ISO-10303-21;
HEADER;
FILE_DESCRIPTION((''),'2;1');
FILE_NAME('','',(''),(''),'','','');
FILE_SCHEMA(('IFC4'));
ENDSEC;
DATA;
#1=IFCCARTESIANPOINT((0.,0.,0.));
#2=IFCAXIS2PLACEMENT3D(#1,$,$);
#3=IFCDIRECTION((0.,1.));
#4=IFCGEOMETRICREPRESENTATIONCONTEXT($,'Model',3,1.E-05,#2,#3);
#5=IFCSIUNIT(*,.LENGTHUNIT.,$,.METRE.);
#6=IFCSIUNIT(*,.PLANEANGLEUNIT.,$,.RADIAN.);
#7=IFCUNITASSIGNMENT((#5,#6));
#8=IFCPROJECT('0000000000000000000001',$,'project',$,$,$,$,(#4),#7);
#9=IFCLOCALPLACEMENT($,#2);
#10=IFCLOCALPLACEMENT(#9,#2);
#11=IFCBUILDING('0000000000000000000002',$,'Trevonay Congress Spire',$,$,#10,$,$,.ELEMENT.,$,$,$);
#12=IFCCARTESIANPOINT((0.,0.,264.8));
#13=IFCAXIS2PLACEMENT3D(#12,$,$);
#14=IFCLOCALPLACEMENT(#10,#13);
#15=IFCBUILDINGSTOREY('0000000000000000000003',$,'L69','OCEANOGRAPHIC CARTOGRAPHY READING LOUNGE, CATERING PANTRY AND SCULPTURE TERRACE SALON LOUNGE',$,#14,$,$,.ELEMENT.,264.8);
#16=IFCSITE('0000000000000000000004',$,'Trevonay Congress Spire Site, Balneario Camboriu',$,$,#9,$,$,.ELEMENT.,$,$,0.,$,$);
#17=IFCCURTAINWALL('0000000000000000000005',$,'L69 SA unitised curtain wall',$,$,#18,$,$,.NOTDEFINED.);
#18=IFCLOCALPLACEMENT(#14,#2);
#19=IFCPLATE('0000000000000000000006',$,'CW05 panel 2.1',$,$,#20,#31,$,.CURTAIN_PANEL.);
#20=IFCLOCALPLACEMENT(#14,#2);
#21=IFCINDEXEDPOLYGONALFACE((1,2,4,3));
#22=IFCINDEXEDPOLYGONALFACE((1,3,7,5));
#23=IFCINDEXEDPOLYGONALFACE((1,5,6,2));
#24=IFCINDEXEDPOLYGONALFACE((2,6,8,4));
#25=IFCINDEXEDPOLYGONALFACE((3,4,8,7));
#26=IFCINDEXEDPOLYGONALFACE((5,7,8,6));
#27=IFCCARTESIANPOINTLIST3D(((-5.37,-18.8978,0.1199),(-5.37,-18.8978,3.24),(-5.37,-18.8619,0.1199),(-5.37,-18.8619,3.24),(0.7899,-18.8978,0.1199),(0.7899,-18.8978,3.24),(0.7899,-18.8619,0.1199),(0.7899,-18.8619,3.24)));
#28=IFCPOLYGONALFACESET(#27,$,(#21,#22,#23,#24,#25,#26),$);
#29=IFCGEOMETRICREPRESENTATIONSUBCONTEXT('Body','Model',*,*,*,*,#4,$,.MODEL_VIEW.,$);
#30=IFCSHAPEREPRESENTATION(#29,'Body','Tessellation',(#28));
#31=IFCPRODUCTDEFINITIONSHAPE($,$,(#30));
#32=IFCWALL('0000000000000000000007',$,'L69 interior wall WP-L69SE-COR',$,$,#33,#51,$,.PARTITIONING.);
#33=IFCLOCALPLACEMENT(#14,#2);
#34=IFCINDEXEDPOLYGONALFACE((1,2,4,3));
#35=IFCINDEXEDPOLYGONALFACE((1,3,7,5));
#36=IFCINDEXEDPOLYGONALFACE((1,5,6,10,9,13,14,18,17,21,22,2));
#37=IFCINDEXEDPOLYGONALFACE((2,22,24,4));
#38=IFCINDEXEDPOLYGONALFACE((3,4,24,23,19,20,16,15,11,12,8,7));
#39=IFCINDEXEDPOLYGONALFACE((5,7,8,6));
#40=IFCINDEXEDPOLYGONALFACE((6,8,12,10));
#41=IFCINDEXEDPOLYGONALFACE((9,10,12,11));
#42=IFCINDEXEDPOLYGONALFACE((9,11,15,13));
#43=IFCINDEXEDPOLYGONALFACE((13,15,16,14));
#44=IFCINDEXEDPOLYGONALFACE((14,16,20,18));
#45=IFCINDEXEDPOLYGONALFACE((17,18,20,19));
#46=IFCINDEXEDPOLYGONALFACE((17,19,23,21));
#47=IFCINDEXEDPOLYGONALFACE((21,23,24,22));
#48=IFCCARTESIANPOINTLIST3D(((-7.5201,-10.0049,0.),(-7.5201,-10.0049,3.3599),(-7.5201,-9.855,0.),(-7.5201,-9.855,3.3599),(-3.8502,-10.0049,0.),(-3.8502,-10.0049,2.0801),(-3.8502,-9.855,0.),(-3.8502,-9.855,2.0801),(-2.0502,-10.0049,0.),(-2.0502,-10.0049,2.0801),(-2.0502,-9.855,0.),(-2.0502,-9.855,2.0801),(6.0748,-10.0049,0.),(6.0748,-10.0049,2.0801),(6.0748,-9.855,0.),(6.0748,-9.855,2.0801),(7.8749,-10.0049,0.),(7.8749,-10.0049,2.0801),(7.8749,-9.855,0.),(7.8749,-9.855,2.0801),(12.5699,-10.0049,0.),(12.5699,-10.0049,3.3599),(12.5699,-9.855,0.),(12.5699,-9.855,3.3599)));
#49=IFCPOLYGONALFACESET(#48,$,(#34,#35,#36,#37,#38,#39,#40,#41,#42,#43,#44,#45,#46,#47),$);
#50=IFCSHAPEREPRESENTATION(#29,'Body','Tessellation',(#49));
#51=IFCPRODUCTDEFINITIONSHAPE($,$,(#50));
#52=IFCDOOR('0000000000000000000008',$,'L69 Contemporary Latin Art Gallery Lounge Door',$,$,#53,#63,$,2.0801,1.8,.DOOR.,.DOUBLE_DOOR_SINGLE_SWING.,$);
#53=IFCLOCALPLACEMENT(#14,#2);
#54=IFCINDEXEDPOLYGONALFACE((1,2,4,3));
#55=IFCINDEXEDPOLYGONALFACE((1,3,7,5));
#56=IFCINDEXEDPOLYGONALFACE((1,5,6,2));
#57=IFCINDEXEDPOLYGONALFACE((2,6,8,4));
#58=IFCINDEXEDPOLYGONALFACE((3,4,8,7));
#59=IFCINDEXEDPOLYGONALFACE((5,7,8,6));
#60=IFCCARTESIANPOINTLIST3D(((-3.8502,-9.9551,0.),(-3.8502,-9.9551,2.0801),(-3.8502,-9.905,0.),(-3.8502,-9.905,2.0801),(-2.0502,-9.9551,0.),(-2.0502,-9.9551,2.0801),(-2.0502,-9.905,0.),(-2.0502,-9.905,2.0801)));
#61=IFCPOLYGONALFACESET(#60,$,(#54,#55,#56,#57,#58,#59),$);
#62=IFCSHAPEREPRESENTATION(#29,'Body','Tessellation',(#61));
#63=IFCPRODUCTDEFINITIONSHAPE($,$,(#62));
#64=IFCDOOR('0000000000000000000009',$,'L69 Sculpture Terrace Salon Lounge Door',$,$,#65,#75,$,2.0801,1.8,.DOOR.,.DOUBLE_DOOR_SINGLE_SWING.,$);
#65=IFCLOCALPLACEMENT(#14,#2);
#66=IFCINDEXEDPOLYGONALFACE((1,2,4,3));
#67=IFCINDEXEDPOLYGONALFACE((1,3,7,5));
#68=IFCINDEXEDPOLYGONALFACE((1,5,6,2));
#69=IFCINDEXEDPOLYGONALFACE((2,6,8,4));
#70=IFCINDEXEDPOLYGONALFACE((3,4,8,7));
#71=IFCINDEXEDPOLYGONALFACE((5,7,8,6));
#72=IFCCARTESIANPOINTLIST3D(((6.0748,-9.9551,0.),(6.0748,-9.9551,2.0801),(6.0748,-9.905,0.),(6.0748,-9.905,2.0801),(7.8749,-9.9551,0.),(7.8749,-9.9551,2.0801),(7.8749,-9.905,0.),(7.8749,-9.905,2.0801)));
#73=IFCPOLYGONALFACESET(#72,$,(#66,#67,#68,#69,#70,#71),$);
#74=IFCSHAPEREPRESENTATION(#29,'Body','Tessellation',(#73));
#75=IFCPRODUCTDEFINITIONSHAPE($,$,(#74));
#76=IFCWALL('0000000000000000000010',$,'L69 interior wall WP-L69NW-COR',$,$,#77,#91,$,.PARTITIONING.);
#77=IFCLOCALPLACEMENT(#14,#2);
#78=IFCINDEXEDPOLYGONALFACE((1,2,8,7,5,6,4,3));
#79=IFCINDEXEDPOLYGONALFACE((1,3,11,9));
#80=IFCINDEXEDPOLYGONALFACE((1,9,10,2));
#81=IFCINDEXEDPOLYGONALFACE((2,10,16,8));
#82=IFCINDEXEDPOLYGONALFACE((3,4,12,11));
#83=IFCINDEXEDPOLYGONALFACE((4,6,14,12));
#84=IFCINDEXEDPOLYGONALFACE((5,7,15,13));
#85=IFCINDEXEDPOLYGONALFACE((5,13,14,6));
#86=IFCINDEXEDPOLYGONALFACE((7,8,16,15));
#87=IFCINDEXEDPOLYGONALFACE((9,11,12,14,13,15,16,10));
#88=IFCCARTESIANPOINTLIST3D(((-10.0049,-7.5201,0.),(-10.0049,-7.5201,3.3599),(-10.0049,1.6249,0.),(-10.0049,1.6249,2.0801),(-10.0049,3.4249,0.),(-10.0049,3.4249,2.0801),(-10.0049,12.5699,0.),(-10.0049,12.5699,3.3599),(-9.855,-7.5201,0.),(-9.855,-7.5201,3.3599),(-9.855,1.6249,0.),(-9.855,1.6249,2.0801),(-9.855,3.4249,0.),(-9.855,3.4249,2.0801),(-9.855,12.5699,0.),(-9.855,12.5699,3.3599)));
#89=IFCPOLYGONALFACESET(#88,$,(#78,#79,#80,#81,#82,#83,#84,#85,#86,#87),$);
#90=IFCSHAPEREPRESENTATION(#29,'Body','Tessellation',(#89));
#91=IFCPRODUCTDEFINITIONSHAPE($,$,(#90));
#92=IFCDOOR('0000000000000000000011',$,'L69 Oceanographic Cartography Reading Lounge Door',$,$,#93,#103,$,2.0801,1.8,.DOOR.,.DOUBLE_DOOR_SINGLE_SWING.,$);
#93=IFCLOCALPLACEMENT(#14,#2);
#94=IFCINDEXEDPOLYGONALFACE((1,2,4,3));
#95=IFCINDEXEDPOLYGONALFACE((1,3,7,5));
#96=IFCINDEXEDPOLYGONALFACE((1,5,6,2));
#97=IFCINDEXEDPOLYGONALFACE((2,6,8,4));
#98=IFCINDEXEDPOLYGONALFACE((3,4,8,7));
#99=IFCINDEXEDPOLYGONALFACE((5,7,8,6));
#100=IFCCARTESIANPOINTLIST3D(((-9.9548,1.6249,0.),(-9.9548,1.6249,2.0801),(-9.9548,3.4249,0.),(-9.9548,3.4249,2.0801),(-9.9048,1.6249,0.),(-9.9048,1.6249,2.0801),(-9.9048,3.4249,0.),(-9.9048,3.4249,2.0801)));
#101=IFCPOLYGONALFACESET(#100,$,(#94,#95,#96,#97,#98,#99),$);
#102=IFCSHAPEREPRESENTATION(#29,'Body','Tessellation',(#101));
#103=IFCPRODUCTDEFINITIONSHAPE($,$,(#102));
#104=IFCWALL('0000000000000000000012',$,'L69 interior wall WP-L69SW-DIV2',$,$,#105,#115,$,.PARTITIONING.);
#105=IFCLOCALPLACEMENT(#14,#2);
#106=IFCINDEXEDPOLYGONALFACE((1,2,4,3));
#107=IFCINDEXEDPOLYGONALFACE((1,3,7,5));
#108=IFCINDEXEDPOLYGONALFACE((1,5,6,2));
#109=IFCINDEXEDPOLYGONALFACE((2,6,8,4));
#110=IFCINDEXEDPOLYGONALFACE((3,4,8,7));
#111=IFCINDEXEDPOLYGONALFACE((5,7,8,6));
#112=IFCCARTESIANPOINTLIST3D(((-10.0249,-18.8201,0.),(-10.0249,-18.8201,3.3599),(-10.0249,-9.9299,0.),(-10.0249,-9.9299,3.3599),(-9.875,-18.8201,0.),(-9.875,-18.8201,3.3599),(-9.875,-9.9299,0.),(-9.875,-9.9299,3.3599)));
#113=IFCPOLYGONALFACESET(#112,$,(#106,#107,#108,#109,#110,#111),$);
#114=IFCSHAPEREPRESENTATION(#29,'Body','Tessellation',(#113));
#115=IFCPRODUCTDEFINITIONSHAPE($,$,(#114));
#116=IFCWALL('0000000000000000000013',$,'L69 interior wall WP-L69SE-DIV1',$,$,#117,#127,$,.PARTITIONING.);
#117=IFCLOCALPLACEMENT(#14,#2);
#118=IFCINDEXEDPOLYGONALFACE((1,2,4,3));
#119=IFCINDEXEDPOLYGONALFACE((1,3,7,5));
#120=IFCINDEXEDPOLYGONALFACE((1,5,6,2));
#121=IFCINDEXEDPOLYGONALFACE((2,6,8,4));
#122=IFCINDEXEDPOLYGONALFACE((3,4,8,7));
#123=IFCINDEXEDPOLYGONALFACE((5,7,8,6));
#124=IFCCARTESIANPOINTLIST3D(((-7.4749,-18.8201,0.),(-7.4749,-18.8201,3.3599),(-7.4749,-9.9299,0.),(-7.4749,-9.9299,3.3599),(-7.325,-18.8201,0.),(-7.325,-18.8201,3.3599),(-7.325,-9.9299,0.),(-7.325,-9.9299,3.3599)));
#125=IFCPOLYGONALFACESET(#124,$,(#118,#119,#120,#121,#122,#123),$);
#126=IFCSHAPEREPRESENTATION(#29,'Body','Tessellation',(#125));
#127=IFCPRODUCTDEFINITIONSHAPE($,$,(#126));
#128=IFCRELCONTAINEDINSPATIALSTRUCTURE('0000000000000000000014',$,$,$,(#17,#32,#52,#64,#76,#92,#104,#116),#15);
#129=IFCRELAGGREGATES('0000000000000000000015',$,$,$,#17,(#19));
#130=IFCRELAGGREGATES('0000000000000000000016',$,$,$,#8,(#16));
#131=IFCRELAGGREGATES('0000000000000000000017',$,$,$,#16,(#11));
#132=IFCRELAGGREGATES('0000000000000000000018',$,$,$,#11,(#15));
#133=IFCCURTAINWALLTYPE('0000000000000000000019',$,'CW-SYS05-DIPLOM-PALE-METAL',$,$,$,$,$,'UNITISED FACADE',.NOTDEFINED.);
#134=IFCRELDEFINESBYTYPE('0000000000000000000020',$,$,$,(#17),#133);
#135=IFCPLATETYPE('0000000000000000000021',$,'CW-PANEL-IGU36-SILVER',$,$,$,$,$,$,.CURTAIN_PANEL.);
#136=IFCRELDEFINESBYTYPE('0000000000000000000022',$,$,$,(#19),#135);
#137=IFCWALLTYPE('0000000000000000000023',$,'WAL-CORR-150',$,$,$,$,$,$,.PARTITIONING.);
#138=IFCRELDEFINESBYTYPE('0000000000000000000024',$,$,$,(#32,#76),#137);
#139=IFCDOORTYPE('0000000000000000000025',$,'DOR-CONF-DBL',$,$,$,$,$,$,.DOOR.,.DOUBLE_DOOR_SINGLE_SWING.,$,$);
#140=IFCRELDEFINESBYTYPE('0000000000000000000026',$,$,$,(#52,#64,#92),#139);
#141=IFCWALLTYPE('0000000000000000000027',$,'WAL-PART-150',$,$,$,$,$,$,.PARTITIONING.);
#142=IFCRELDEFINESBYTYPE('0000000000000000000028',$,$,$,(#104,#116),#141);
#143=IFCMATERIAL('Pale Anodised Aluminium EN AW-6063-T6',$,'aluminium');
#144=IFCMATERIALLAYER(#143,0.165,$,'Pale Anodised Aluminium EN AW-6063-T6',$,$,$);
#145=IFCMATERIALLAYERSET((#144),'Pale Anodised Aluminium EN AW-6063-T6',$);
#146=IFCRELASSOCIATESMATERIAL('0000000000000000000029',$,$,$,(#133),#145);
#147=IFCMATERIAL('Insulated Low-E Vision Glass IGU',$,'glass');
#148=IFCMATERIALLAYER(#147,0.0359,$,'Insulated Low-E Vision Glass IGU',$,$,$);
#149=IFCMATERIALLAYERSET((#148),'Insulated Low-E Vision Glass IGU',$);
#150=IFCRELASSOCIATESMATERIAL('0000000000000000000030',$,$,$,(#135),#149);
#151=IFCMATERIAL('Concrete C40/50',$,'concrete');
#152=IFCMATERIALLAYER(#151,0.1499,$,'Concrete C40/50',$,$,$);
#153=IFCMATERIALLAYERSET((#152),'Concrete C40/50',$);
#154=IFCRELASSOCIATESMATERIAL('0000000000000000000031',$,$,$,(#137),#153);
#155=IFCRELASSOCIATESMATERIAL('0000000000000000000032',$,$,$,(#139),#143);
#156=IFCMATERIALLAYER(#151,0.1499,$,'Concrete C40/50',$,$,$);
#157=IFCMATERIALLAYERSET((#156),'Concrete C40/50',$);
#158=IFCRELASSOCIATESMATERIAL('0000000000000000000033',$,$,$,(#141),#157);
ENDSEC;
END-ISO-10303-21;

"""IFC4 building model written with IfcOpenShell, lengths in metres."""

from ifc_helpers import new_model, si_unit, direction, frame, frame_2d, origin, origin_2d, place, context, subcontext, project, spatial, rectangle, extrude, material, layer, layer_set, type_object, element, fill, aggregate, save


model = new_model("IFC4")

# Units and contexts
model_context = context("Model", 3, precision=1e-05, world=origin(), true_north=direction((0.0, 1.0)))
body_context = subcontext(model_context, "Body", "Model", "MODEL_VIEW")
ifc_project = project(units=[si_unit("LENGTHUNIT", "METRE"), si_unit("PLANEANGLEUNIT", "RADIAN")], contexts=[model_context])

# Site, building, storey
site_placement = place(None, origin())
site = spatial("IfcSite", under=ifc_project, at=site_placement, Name="Trevonay Congress Spire Site, Balneario Camboriu", CompositionType="ELEMENT", RefElevation=0.0)
building_placement = place(site_placement, origin())
building = spatial("IfcBuilding", under=site, at=building_placement, Name="Trevonay Congress Spire", CompositionType="ELEMENT")
storey_placement = place(building_placement, frame((0.0, 0.0, 264.8)))
storey = spatial("IfcBuildingStorey", under=building, at=storey_placement, Name="L69", Description="OCEANOGRAPHIC CARTOGRAPHY READING LOUNGE, CATERING PANTRY AND SCULPTURE TERRACE SALON LOUNGE", CompositionType="ELEMENT", Elevation=264.8)

# Curtain wall, plate
ifc_material_1 = material(Name="Pale Anodised Aluminium EN AW-6063-T6", Category="aluminium")
ifc_layer_1 = layer(ifc_material_1, 0.165, Name="Pale Anodised Aluminium EN AW-6063-T6")
ifc_layer_set_1 = layer_set([ifc_layer_1], Name="Pale Anodised Aluminium EN AW-6063-T6")
curtain_wall_type = type_object("IfcCurtainWallType", Name="CW-SYS05-DIPLOM-PALE-METAL", ElementType="UNITISED FACADE", PredefinedType="NOTDEFINED", material=ifc_layer_set_1)
curtain_wall_placement = place(storey_placement, origin())
curtain_wall = element("IfcCurtainWall", 1, at=curtain_wall_placement, inside=storey, type_object=curtain_wall_type, Name="L69 SA unitised curtain wall", PredefinedType="NOTDEFINED")
ifc_material_2 = material(Name="Insulated Low-E Vision Glass IGU", Category="glass")
ifc_layer_2 = layer(ifc_material_2, 0.0359, Name="Insulated Low-E Vision Glass IGU")
ifc_layer_set_2 = layer_set([ifc_layer_2], Name="Insulated Low-E Vision Glass IGU")
plate_type = type_object("IfcPlateType", Name="CW-PANEL-IGU36-SILVER", PredefinedType="CURTAIN_PANEL", material=ifc_layer_set_2)
plate_1_placement = place(storey_placement, frame((-2.29, -18.8799, 0.1199), z_axis=(0.0, 0.0, 1.0), x_axis=(1.0, 0.0, 0.0)))
plate_1 = element("IfcPlate", 2, at=plate_1_placement, type_object=plate_type, Name="CW05 panel 2.1", PredefinedType="CURTAIN_PANEL", context=body_context, shape_type="SweptSolid", body=[
    extrude(rectangle(XDim=6.1599, YDim=0.0359, at=origin_2d()), origin(), (0.0, 0.0, 1.0), 3.1201),
])
aggregate(curtain_wall, [plate_1])

# Wall, openings, doors
ifc_material_3 = material(Name="Concrete C40/50", Category="concrete")
ifc_layer_3 = layer(ifc_material_3, 0.1499, Name="Concrete C40/50")
ifc_layer_set_3 = layer_set([ifc_layer_3], Name="Concrete C40/50")
wall_type_1 = type_object("IfcWallType", Name="WAL-CORR-150", PredefinedType="PARTITIONING", material=ifc_layer_set_3)
wall_1_placement = place(storey_placement, frame((-7.52, -9.9299, 0.0), z_axis=(0.0, 0.0, 1.0), x_axis=(1.0, 0.0, 0.0)))
wall_1 = element("IfcWall", 3, at=wall_1_placement, inside=storey, type_object=wall_type_1, Name="L69 interior wall WP-L69SE-COR", PredefinedType="PARTITIONING", context=body_context, shape_type="SweptSolid", body=[
    extrude(rectangle(XDim=20.0901, YDim=0.1499, at=frame_2d((10.0449, 0.0))), origin(), (0.0, 0.0, 1.0), 3.3599),
])
opening_1_placement = place(wall_1_placement, frame((3.6699, 0.0, 0.0)))
opening_1 = element("IfcOpeningElement", 4, at=opening_1_placement, cuts=wall_1, PredefinedType="OPENING", context=body_context, shape_type="SweptSolid", body=[
    extrude(rectangle(XDim=1.8, YDim=2.0801, at=frame_2d((0.8999, 1.04))), frame((0.0, 0.085, 0.0), z_axis=(0.0, -1.0, 0.0), x_axis=(1.0, 0.0, 0.0)), (0.0, 0.0, 1.0), 0.1699),
])
opening_2_placement = place(wall_1_placement, frame((13.595, 0.0, 0.0)))
opening_2 = element("IfcOpeningElement", 5, at=opening_2_placement, cuts=wall_1, PredefinedType="OPENING", context=body_context, shape_type="SweptSolid", body=[
    extrude(rectangle(XDim=1.8, YDim=2.0801, at=frame_2d((0.8999, 1.04))), frame((0.0, 0.085, 0.0), z_axis=(0.0, -1.0, 0.0), x_axis=(1.0, 0.0, 0.0)), (0.0, 0.0, 1.0), 0.1699),
])
door_type = type_object("IfcDoorType", Name="DOR-CONF-DBL", OperationType="DOUBLE_DOOR_SINGLE_SWING", PredefinedType="DOOR", material=ifc_material_1)
door_1_placement = place(opening_1_placement, origin())
door_1 = element("IfcDoor", 6, at=door_1_placement, inside=storey, type_object=door_type, Name="L69 Contemporary Latin Art Gallery Lounge Door", OperationType="DOUBLE_DOOR_SINGLE_SWING", OverallHeight=2.0801, OverallWidth=1.8, PredefinedType="DOOR", context=body_context, shape_type="SweptSolid", body=[
    extrude(rectangle(XDim=1.8, YDim=2.0801, at=frame_2d((0.8999, 1.04))), frame((0.0, 0.0249, 0.0), z_axis=(0.0, -1.0, 0.0), x_axis=(1.0, 0.0, 0.0)), (0.0, 0.0, 1.0), 0.05),
])
fill(opening_1, door_1)
door_2_placement = place(opening_2_placement, origin())
door_2 = element("IfcDoor", 7, at=door_2_placement, inside=storey, type_object=door_type, Name="L69 Sculpture Terrace Salon Lounge Door", OperationType="DOUBLE_DOOR_SINGLE_SWING", OverallHeight=2.0801, OverallWidth=1.8, PredefinedType="DOOR", context=body_context, shape_type="SweptSolid", body=[
    extrude(rectangle(XDim=1.8, YDim=2.0801, at=frame_2d((0.8999, 1.04))), frame((0.0, 0.0249, 0.0), z_axis=(0.0, -1.0, 0.0), x_axis=(1.0, 0.0, 0.0)), (0.0, 0.0, 1.0), 0.05),
])
fill(opening_2, door_2)

# Wall, opening, door
wall_2_placement = place(storey_placement, frame((-9.9299, -7.52, 0.0), z_axis=(0.0, 0.0, 1.0), x_axis=(0.0, 1.0, 0.0)))
wall_2 = element("IfcWall", 8, at=wall_2_placement, inside=storey, type_object=wall_type_1, Name="L69 interior wall WP-L69NW-COR", PredefinedType="PARTITIONING", context=body_context, shape_type="SweptSolid", body=[
    extrude(rectangle(XDim=20.0901, YDim=0.1499, at=frame_2d((10.0449, 0.0))), origin(), (0.0, 0.0, 1.0), 3.3599),
])
opening_3_placement = place(wall_2_placement, frame((9.145, 0.0, 0.0)))
opening_3 = element("IfcOpeningElement", 9, at=opening_3_placement, cuts=wall_2, PredefinedType="OPENING", context=body_context, shape_type="SweptSolid", body=[
    extrude(rectangle(XDim=1.8, YDim=2.0801, at=frame_2d((0.8999, 1.04))), frame((0.0, 0.085, 0.0), z_axis=(0.0, -1.0, 0.0), x_axis=(1.0, 0.0, 0.0)), (0.0, 0.0, 1.0), 0.1699),
])
door_3_placement = place(opening_3_placement, origin())
door_3 = element("IfcDoor", 10, at=door_3_placement, inside=storey, type_object=door_type, Name="L69 Oceanographic Cartography Reading Lounge Door", OperationType="DOUBLE_DOOR_SINGLE_SWING", OverallHeight=2.0801, OverallWidth=1.8, PredefinedType="DOOR", context=body_context, shape_type="SweptSolid", body=[
    extrude(rectangle(XDim=1.8, YDim=2.0801, at=frame_2d((0.8999, 1.04))), frame((0.0, 0.0249, 0.0), z_axis=(0.0, -1.0, 0.0), x_axis=(1.0, 0.0, 0.0)), (0.0, 0.0, 1.0), 0.05),
])
fill(opening_3, door_3)

# Walls
ifc_layer_4 = layer(ifc_material_3, 0.1499, Name="Concrete C40/50")
ifc_layer_set_4 = layer_set([ifc_layer_4], Name="Concrete C40/50")
wall_type_2 = type_object("IfcWallType", Name="WAL-PART-150", PredefinedType="PARTITIONING", material=ifc_layer_set_4)
for number, where, z_axis, x_axis, name in (
    (11, (-9.95, -18.8201, 0.0), (0.0, 0.0, 1.0), (0.0, 1.0, 0.0), "L69 interior wall WP-L69SW-DIV2"),
    (12, (-7.3999, -18.8201, 0.0), (0.0, 0.0, 1.0), (0.0, 1.0, 0.0), "L69 interior wall WP-L69SE-DIV1"),
):
    element("IfcWall", number, at=place(storey_placement, frame(where, z_axis=z_axis, x_axis=x_axis)), inside=storey, type_object=wall_type_2, Name=name, PredefinedType="PARTITIONING", context=body_context, shape_type="SweptSolid", body=[
        extrude(rectangle(XDim=8.8901, YDim=0.1499, at=frame_2d((4.4451, 0.0))), origin(), (0.0, 0.0, 1.0), 3.3599),
    ])

save(model, "model.ifc")
